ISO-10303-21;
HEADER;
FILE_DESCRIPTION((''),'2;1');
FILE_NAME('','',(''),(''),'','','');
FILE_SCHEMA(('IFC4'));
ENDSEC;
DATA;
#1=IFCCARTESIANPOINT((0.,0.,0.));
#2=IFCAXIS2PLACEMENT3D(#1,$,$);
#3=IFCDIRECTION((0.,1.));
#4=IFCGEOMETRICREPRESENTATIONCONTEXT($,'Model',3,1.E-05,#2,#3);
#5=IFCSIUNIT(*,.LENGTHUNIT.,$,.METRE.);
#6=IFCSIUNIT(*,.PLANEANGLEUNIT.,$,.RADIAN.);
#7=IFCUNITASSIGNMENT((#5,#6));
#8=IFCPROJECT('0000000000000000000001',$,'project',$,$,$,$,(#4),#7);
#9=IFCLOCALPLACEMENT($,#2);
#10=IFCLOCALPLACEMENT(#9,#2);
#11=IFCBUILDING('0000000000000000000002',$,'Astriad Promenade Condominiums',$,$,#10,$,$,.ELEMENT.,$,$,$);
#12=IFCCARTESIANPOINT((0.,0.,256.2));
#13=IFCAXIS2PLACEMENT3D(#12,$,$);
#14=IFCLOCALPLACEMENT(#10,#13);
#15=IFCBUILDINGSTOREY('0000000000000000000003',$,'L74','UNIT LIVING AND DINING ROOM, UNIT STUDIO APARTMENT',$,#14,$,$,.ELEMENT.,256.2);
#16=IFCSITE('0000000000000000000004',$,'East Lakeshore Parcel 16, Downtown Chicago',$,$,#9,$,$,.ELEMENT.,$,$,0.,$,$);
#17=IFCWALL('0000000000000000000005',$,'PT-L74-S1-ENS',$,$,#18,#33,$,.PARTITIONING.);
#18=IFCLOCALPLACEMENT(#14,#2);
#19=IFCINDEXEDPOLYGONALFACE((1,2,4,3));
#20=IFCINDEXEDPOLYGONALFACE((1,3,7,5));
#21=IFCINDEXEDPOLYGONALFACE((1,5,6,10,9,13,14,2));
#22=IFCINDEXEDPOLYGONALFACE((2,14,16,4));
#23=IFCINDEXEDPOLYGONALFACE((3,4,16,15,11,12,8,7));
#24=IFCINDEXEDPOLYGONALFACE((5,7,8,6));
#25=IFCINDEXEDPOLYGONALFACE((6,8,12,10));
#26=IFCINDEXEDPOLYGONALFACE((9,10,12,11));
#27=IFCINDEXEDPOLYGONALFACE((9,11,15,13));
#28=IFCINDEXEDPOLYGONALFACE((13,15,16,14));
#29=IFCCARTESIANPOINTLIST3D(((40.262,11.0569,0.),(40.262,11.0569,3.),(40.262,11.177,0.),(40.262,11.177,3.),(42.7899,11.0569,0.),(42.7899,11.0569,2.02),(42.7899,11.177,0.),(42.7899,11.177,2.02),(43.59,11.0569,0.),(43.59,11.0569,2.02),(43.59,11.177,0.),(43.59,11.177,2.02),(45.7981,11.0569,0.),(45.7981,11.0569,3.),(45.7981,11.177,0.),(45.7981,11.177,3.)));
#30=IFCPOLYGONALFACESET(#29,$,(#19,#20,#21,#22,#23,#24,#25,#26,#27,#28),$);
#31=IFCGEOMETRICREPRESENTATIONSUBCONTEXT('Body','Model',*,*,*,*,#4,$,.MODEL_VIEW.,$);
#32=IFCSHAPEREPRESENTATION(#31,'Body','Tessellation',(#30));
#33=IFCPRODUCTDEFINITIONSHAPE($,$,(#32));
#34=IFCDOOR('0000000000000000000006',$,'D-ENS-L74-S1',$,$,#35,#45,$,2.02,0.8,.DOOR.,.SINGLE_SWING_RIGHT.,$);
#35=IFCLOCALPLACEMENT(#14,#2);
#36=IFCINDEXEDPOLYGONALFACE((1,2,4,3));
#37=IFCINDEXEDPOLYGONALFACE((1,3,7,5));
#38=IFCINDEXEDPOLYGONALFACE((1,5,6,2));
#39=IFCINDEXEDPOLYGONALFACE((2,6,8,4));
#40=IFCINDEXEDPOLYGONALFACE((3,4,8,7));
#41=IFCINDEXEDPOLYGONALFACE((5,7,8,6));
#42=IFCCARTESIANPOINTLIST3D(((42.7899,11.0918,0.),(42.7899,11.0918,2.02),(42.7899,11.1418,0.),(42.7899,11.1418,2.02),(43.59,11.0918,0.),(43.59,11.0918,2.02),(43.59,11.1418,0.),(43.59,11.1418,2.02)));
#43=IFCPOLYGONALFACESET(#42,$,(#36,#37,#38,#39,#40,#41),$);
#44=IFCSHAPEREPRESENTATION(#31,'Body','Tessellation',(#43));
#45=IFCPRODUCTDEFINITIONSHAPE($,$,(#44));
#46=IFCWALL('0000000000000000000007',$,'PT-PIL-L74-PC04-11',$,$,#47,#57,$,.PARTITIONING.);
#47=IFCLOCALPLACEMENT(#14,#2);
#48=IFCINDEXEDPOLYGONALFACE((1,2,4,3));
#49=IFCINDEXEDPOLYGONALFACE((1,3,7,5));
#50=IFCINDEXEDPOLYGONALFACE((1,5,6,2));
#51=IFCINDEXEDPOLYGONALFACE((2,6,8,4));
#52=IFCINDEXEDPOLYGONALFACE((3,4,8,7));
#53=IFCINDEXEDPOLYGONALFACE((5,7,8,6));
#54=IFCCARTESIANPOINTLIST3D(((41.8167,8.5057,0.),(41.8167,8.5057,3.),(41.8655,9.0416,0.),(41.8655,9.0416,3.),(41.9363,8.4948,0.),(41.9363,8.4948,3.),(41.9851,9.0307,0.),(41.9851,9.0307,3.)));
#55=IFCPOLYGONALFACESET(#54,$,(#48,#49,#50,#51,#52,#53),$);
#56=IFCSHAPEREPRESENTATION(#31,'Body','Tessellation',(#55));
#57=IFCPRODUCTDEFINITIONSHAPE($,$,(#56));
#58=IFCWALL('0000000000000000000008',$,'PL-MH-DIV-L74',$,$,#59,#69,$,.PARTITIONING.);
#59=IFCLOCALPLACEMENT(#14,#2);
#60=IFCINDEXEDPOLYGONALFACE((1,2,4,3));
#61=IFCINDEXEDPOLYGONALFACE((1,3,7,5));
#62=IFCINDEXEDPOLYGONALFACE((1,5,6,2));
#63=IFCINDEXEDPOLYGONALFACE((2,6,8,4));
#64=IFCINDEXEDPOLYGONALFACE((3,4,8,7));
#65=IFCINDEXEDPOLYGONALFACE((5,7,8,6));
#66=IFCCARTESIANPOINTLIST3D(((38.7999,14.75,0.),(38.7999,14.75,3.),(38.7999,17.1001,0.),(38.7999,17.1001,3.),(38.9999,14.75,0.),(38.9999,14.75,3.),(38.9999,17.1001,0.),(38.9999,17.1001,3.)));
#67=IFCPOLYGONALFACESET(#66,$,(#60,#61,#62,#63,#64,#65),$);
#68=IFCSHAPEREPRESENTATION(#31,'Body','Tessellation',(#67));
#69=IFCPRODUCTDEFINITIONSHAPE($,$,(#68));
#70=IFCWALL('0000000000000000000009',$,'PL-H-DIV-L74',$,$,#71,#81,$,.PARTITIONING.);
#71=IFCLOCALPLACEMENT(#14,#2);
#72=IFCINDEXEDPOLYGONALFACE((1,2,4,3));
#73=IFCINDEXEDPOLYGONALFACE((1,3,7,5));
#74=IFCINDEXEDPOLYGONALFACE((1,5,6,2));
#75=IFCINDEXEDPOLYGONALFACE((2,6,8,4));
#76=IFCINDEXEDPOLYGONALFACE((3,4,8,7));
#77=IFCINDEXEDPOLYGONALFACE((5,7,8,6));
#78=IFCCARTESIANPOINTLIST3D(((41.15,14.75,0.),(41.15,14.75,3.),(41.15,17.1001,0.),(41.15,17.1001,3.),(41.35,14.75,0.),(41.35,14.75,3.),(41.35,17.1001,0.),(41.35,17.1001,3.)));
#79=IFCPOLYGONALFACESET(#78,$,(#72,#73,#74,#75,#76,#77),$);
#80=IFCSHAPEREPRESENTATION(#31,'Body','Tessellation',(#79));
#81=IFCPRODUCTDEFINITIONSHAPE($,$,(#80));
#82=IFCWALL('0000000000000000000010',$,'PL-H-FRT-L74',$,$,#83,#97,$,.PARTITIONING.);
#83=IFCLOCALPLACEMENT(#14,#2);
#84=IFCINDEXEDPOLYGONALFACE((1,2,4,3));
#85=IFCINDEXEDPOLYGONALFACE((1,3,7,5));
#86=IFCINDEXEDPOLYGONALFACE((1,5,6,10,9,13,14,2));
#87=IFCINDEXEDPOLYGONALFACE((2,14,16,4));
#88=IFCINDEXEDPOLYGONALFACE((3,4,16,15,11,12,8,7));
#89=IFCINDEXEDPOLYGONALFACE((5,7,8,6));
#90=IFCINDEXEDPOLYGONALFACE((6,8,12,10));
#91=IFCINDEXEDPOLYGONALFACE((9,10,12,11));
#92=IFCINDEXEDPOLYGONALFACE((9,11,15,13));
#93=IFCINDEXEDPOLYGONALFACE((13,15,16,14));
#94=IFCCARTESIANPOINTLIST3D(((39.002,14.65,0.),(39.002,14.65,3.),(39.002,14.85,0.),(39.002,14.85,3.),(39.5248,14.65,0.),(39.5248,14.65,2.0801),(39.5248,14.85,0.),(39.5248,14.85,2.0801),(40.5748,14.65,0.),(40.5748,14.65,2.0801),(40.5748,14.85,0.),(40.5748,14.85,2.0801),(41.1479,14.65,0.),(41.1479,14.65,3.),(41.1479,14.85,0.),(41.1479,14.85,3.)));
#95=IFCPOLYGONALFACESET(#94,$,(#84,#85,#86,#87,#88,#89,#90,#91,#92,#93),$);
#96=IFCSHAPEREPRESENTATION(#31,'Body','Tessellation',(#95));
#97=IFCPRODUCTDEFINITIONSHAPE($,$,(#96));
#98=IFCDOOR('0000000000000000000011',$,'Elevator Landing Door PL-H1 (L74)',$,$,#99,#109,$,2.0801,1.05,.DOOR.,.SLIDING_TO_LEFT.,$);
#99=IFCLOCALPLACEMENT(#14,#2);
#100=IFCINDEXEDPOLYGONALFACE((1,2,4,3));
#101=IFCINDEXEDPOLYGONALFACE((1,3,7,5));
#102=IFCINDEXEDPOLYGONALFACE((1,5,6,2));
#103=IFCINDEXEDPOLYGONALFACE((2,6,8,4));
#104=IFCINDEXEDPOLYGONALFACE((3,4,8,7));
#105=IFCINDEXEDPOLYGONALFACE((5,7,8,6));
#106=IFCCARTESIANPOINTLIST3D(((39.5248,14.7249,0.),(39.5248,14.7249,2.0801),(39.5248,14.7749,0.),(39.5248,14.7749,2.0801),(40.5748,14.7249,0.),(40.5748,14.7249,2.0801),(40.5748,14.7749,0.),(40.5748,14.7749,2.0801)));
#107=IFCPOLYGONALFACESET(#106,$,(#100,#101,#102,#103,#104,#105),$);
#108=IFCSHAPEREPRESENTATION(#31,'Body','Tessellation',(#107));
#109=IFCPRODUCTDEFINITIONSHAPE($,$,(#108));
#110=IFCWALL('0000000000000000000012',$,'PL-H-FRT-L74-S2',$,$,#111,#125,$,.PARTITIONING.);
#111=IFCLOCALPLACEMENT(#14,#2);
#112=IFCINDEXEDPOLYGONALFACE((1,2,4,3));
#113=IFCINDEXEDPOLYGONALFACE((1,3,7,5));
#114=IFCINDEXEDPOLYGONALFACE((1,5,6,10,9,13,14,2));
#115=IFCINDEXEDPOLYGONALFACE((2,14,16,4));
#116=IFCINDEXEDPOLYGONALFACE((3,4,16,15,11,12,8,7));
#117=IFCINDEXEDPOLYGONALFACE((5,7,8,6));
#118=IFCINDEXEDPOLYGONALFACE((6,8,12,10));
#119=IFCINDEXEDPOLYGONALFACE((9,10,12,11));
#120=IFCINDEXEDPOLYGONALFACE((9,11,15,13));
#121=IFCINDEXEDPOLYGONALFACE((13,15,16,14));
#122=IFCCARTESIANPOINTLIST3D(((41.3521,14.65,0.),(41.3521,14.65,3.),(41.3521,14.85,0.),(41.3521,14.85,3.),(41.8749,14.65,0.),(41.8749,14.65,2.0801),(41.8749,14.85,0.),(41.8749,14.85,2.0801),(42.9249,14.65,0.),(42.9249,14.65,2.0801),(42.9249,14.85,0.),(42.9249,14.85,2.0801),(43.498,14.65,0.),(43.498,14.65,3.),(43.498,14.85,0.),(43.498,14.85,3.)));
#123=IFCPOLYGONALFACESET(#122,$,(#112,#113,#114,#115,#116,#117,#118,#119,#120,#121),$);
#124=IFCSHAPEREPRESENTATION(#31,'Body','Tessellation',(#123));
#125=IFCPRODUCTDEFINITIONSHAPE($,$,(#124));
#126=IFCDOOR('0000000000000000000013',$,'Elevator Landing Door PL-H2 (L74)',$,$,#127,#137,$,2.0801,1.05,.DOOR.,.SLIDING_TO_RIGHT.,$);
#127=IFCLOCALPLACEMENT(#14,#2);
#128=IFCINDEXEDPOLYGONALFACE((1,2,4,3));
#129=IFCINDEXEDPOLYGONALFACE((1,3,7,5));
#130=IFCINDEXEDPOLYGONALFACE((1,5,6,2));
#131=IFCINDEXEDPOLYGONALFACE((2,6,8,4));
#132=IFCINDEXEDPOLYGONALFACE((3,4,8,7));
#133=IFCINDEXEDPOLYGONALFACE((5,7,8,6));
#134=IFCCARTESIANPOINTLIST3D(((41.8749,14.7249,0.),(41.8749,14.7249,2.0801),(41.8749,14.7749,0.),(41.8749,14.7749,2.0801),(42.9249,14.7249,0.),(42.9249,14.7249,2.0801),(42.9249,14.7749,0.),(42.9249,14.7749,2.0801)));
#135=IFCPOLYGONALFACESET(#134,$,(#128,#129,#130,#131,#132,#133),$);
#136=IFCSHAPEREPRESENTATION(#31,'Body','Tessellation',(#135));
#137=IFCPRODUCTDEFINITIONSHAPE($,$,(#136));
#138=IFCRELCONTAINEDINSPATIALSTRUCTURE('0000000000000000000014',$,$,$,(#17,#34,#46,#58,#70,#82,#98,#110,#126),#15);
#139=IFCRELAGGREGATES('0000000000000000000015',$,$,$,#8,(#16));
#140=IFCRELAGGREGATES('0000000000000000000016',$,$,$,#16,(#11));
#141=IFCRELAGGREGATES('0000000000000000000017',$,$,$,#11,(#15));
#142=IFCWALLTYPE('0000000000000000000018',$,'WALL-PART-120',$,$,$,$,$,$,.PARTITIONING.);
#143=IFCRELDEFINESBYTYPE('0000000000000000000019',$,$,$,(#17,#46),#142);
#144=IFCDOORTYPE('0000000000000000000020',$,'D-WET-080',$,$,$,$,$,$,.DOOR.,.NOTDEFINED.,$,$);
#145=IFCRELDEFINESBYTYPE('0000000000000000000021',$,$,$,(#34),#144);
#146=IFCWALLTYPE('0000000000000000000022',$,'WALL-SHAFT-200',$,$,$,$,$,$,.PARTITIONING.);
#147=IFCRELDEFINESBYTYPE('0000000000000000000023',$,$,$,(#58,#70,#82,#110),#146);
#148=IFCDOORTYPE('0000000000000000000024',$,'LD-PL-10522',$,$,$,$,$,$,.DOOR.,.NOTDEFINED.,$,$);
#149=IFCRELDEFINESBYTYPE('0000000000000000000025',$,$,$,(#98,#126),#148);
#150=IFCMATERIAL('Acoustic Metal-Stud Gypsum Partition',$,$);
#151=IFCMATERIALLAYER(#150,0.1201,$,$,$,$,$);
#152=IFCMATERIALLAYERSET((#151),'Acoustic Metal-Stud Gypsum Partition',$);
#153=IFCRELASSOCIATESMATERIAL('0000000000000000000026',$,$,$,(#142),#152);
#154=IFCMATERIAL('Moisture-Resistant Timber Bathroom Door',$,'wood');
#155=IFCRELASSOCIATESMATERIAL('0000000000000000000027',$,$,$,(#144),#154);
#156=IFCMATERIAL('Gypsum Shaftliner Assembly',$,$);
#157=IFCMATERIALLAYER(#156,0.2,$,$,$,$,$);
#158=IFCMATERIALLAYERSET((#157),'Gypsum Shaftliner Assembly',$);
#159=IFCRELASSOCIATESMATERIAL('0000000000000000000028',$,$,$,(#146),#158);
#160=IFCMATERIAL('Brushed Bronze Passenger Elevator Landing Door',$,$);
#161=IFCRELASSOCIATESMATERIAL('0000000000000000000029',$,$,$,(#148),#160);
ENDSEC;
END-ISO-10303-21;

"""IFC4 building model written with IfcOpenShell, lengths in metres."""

from ifc_helpers import new_model, si_unit, direction, frame, frame_2d, origin, place, context, subcontext, project, spatial, rectangle, extrude, source, transform, mapped, material, layer, layer_set, type_object, type_shapes, element, fill, save


model = new_model("IFC4")

# Units and contexts
model_context = context("Model", 3, precision=1e-05, world=origin(), true_north=direction((0.0, 1.0)))
body_context = subcontext(model_context, "Body", "Model", "MODEL_VIEW")
ifc_project = project(units=[si_unit("LENGTHUNIT", "METRE"), si_unit("PLANEANGLEUNIT", "RADIAN")], contexts=[model_context])

# Site, building, storey
site_placement = place(None, origin())
site = spatial("IfcSite", under=ifc_project, at=site_placement, Name="East Lakeshore Parcel 16, Downtown Chicago", CompositionType="ELEMENT", RefElevation=0.0)
building_placement = place(site_placement, origin())
building = spatial("IfcBuilding", under=site, at=building_placement, Name="Astriad Promenade Condominiums", CompositionType="ELEMENT")
storey_placement = place(building_placement, frame((0.0, 0.0, 256.2)))
storey = spatial("IfcBuildingStorey", under=building, at=storey_placement, Name="L74", Description="UNIT LIVING AND DINING ROOM, UNIT STUDIO APARTMENT", CompositionType="ELEMENT", Elevation=256.2)

# Shared definitions
ifc_material_1 = material(Name="Acoustic Metal-Stud Gypsum Partition")
ifc_layer_1 = layer(ifc_material_1, 0.1201)
ifc_layer_set_1 = layer_set([ifc_layer_1], Name="Acoustic Metal-Stud Gypsum Partition")
wall_type_1 = type_object("IfcWallType", Name="WALL-PART-120", PredefinedType="PARTITIONING", material=ifc_layer_set_1)

# Shared definitions
ifc_material_2 = material(Name="Moisture-Resistant Timber Bathroom Door", Category="wood")
door_type_1 = type_object("IfcDoorType", Name="D-WET-080", OperationType="NOTDEFINED", PredefinedType="DOOR", material=ifc_material_2)
shared_shape_1 = source(origin(), body_context, "Body", "SweptSolid", [
    extrude(rectangle(XDim=0.8, YDim=2.02, at=frame_2d((0.3999, 1.01))), frame((0.0, 0.0249, 0.0), z_axis=(0.0, -1.0, 0.0), x_axis=(1.0, 0.0, 0.0)), (0.0, 0.0, 1.0), 0.05),
])
type_shapes(door_type_1, [shared_shape_1])

# Wall, opening, door
wall_1_placement = place(storey_placement, frame((40.262, 11.1169, 0.0), z_axis=(0.0, 0.0, 1.0), x_axis=(1.0, 0.0, 0.0)))
wall_1 = element("IfcWall", 1, at=wall_1_placement, inside=storey, type_object=wall_type_1, Name="PT-L74-S1-ENS", PredefinedType="PARTITIONING", context=body_context, shape_type="SweptSolid", body=[
    extrude(rectangle(XDim=5.5361, YDim=0.1201, at=frame_2d((2.7681, 0.0))), origin(), (0.0, 0.0, 1.0), 3.0),
])
opening_1_placement = place(wall_1_placement, frame((2.5281, 0.0, 0.0)))
opening_1 = element("IfcOpeningElement", 2, at=opening_1_placement, cuts=wall_1, PredefinedType="OPENING", context=body_context, shape_type="SweptSolid", body=[
    extrude(rectangle(XDim=0.8, YDim=2.02, at=frame_2d((0.3999, 1.01))), frame((0.0, 0.0701, 0.0), z_axis=(0.0, -1.0, 0.0), x_axis=(1.0, 0.0, 0.0)), (0.0, 0.0, 1.0), 0.1401),
])
door_1_placement = place(opening_1_placement, origin())
door_1 = element("IfcDoor", 3, at=door_1_placement, inside=storey, type_object=door_type_1, Name="D-ENS-L74-S1", OperationType="SINGLE_SWING_RIGHT", OverallHeight=2.02, OverallWidth=0.8, PredefinedType="DOOR", context=body_context, shape_type="MappedRepresentation", body=[
    mapped(shared_shape_1, transform((0.0, 0.0, 0.0), scale=1.0)),
])
fill(opening_1, door_1)

# Walls
wall_2_placement = place(storey_placement, frame((41.9253, 9.0361, 0.0), z_axis=(0.0, 0.0, 1.0), x_axis=(-0.09074, -0.995875, 0.0)))
element("IfcWall", 4, at=wall_2_placement, inside=storey, type_object=wall_type_1, Name="PT-PIL-L74-PC04-11", PredefinedType="PARTITIONING", context=body_context, shape_type="SweptSolid", body=[
    extrude(rectangle(XDim=0.5381, YDim=0.1201, at=frame_2d((0.269, 0.0))), origin(), (0.0, 0.0, 1.0), 3.0),
])
ifc_material_3 = material(Name="Gypsum Shaftliner Assembly")
ifc_layer_2 = layer(ifc_material_3, 0.2)
ifc_layer_set_2 = layer_set([ifc_layer_2], Name="Gypsum Shaftliner Assembly")
wall_type_2 = type_object("IfcWallType", Name="WALL-SHAFT-200", PredefinedType="PARTITIONING", material=ifc_layer_set_2)
for number, where, z_axis, x_axis, name in (
    (5, (38.8999, 14.75, 0.0), (0.0, 0.0, 1.0), (0.0, 1.0, 0.0), "PL-MH-DIV-L74"),
    (6, (41.25, 14.75, 0.0), (0.0, 0.0, 1.0), (0.0, 1.0, 0.0), "PL-H-DIV-L74"),
):
    element("IfcWall", number, at=place(storey_placement, frame(where, z_axis=z_axis, x_axis=x_axis)), inside=storey, type_object=wall_type_2, Name=name, PredefinedType="PARTITIONING", context=body_context, shape_type="SweptSolid", body=[
        extrude(rectangle(XDim=2.3501, YDim=0.2, at=frame_2d((1.175, 0.0))), origin(), (0.0, 0.0, 1.0), 3.0),
    ])

# Walls, openings, doors
wall_3_placement = place(storey_placement, frame((39.002, 14.75, 0.0), z_axis=(0.0, 0.0, 1.0), x_axis=(1.0, 0.0, 0.0)))
wall_3 = element("IfcWall", 7, at=wall_3_placement, inside=storey, type_object=wall_type_2, Name="PL-H-FRT-L74", PredefinedType="PARTITIONING", context=body_context, shape_type="SweptSolid", body=[
    extrude(rectangle(XDim=2.146, YDim=0.2, at=frame_2d((1.073, 0.0))), origin(), (0.0, 0.0, 1.0), 3.0),
])
opening_2_placement = place(wall_3_placement, frame((0.5229, 0.0, 0.0)))
opening_2 = element("IfcOpeningElement", 8, at=opening_2_placement, cuts=wall_3, PredefinedType="OPENING", context=body_context, shape_type="SweptSolid", body=[
    extrude(rectangle(XDim=1.05, YDim=2.0801, at=frame_2d((0.5249, 1.04))), frame((0.0, 0.1099, 0.0), z_axis=(0.0, -1.0, 0.0), x_axis=(1.0, 0.0, 0.0)), (0.0, 0.0, 1.0), 0.22),
])
ifc_material_4 = material(Name="Brushed Bronze Passenger Elevator Landing Door")
door_type_2 = type_object("IfcDoorType", Name="LD-PL-10522", OperationType="NOTDEFINED", PredefinedType="DOOR", material=ifc_material_4)
shared_shape_2 = source(origin(), body_context, "Body", "SweptSolid", [
    extrude(rectangle(XDim=1.05, YDim=2.0801, at=frame_2d((0.5249, 1.04))), frame((0.0, 0.0249, 0.0), z_axis=(0.0, -1.0, 0.0), x_axis=(1.0, 0.0, 0.0)), (0.0, 0.0, 1.0), 0.05),
])
type_shapes(door_type_2, [shared_shape_2])
door_2_placement = place(opening_2_placement, origin())
door_2 = element("IfcDoor", 9, at=door_2_placement, inside=storey, type_object=door_type_2, Name="Elevator Landing Door PL-H1 (L74)", OperationType="SLIDING_TO_LEFT", OverallHeight=2.0801, OverallWidth=1.05, PredefinedType="DOOR", context=body_context, shape_type="MappedRepresentation", body=[
    mapped(shared_shape_2, transform((0.0, 0.0, 0.0), scale=1.0)),
])
fill(opening_2, door_2)
wall_4_placement = place(storey_placement, frame((41.3521, 14.75, 0.0), z_axis=(0.0, 0.0, 1.0), x_axis=(1.0, 0.0, 0.0)))
wall_4 = element("IfcWall", 10, at=wall_4_placement, inside=storey, type_object=wall_type_2, Name="PL-H-FRT-L74-S2", PredefinedType="PARTITIONING", context=body_context, shape_type="SweptSolid", body=[
    extrude(rectangle(XDim=2.146, YDim=0.2, at=frame_2d((1.073, 0.0))), origin(), (0.0, 0.0, 1.0), 3.0),
])
opening_3_placement = place(wall_4_placement, frame((0.5229, 0.0, 0.0)))
opening_3 = element("IfcOpeningElement", 11, at=opening_3_placement, cuts=wall_4, PredefinedType="OPENING", context=body_context, shape_type="SweptSolid", body=[
    extrude(rectangle(XDim=1.05, YDim=2.0801, at=frame_2d((0.5249, 1.04))), frame((0.0, 0.1099, 0.0), z_axis=(0.0, -1.0, 0.0), x_axis=(1.0, 0.0, 0.0)), (0.0, 0.0, 1.0), 0.22),
])
door_3_placement = place(opening_3_placement, origin())
door_3 = element("IfcDoor", 12, at=door_3_placement, inside=storey, type_object=door_type_2, Name="Elevator Landing Door PL-H2 (L74)", OperationType="SLIDING_TO_RIGHT", OverallHeight=2.0801, OverallWidth=1.05, PredefinedType="DOOR", context=body_context, shape_type="MappedRepresentation", body=[
    mapped(shared_shape_2, transform((0.0, 0.0, 0.0), scale=1.0)),
])
fill(opening_3, door_3)

save(model, "model.ifc")
